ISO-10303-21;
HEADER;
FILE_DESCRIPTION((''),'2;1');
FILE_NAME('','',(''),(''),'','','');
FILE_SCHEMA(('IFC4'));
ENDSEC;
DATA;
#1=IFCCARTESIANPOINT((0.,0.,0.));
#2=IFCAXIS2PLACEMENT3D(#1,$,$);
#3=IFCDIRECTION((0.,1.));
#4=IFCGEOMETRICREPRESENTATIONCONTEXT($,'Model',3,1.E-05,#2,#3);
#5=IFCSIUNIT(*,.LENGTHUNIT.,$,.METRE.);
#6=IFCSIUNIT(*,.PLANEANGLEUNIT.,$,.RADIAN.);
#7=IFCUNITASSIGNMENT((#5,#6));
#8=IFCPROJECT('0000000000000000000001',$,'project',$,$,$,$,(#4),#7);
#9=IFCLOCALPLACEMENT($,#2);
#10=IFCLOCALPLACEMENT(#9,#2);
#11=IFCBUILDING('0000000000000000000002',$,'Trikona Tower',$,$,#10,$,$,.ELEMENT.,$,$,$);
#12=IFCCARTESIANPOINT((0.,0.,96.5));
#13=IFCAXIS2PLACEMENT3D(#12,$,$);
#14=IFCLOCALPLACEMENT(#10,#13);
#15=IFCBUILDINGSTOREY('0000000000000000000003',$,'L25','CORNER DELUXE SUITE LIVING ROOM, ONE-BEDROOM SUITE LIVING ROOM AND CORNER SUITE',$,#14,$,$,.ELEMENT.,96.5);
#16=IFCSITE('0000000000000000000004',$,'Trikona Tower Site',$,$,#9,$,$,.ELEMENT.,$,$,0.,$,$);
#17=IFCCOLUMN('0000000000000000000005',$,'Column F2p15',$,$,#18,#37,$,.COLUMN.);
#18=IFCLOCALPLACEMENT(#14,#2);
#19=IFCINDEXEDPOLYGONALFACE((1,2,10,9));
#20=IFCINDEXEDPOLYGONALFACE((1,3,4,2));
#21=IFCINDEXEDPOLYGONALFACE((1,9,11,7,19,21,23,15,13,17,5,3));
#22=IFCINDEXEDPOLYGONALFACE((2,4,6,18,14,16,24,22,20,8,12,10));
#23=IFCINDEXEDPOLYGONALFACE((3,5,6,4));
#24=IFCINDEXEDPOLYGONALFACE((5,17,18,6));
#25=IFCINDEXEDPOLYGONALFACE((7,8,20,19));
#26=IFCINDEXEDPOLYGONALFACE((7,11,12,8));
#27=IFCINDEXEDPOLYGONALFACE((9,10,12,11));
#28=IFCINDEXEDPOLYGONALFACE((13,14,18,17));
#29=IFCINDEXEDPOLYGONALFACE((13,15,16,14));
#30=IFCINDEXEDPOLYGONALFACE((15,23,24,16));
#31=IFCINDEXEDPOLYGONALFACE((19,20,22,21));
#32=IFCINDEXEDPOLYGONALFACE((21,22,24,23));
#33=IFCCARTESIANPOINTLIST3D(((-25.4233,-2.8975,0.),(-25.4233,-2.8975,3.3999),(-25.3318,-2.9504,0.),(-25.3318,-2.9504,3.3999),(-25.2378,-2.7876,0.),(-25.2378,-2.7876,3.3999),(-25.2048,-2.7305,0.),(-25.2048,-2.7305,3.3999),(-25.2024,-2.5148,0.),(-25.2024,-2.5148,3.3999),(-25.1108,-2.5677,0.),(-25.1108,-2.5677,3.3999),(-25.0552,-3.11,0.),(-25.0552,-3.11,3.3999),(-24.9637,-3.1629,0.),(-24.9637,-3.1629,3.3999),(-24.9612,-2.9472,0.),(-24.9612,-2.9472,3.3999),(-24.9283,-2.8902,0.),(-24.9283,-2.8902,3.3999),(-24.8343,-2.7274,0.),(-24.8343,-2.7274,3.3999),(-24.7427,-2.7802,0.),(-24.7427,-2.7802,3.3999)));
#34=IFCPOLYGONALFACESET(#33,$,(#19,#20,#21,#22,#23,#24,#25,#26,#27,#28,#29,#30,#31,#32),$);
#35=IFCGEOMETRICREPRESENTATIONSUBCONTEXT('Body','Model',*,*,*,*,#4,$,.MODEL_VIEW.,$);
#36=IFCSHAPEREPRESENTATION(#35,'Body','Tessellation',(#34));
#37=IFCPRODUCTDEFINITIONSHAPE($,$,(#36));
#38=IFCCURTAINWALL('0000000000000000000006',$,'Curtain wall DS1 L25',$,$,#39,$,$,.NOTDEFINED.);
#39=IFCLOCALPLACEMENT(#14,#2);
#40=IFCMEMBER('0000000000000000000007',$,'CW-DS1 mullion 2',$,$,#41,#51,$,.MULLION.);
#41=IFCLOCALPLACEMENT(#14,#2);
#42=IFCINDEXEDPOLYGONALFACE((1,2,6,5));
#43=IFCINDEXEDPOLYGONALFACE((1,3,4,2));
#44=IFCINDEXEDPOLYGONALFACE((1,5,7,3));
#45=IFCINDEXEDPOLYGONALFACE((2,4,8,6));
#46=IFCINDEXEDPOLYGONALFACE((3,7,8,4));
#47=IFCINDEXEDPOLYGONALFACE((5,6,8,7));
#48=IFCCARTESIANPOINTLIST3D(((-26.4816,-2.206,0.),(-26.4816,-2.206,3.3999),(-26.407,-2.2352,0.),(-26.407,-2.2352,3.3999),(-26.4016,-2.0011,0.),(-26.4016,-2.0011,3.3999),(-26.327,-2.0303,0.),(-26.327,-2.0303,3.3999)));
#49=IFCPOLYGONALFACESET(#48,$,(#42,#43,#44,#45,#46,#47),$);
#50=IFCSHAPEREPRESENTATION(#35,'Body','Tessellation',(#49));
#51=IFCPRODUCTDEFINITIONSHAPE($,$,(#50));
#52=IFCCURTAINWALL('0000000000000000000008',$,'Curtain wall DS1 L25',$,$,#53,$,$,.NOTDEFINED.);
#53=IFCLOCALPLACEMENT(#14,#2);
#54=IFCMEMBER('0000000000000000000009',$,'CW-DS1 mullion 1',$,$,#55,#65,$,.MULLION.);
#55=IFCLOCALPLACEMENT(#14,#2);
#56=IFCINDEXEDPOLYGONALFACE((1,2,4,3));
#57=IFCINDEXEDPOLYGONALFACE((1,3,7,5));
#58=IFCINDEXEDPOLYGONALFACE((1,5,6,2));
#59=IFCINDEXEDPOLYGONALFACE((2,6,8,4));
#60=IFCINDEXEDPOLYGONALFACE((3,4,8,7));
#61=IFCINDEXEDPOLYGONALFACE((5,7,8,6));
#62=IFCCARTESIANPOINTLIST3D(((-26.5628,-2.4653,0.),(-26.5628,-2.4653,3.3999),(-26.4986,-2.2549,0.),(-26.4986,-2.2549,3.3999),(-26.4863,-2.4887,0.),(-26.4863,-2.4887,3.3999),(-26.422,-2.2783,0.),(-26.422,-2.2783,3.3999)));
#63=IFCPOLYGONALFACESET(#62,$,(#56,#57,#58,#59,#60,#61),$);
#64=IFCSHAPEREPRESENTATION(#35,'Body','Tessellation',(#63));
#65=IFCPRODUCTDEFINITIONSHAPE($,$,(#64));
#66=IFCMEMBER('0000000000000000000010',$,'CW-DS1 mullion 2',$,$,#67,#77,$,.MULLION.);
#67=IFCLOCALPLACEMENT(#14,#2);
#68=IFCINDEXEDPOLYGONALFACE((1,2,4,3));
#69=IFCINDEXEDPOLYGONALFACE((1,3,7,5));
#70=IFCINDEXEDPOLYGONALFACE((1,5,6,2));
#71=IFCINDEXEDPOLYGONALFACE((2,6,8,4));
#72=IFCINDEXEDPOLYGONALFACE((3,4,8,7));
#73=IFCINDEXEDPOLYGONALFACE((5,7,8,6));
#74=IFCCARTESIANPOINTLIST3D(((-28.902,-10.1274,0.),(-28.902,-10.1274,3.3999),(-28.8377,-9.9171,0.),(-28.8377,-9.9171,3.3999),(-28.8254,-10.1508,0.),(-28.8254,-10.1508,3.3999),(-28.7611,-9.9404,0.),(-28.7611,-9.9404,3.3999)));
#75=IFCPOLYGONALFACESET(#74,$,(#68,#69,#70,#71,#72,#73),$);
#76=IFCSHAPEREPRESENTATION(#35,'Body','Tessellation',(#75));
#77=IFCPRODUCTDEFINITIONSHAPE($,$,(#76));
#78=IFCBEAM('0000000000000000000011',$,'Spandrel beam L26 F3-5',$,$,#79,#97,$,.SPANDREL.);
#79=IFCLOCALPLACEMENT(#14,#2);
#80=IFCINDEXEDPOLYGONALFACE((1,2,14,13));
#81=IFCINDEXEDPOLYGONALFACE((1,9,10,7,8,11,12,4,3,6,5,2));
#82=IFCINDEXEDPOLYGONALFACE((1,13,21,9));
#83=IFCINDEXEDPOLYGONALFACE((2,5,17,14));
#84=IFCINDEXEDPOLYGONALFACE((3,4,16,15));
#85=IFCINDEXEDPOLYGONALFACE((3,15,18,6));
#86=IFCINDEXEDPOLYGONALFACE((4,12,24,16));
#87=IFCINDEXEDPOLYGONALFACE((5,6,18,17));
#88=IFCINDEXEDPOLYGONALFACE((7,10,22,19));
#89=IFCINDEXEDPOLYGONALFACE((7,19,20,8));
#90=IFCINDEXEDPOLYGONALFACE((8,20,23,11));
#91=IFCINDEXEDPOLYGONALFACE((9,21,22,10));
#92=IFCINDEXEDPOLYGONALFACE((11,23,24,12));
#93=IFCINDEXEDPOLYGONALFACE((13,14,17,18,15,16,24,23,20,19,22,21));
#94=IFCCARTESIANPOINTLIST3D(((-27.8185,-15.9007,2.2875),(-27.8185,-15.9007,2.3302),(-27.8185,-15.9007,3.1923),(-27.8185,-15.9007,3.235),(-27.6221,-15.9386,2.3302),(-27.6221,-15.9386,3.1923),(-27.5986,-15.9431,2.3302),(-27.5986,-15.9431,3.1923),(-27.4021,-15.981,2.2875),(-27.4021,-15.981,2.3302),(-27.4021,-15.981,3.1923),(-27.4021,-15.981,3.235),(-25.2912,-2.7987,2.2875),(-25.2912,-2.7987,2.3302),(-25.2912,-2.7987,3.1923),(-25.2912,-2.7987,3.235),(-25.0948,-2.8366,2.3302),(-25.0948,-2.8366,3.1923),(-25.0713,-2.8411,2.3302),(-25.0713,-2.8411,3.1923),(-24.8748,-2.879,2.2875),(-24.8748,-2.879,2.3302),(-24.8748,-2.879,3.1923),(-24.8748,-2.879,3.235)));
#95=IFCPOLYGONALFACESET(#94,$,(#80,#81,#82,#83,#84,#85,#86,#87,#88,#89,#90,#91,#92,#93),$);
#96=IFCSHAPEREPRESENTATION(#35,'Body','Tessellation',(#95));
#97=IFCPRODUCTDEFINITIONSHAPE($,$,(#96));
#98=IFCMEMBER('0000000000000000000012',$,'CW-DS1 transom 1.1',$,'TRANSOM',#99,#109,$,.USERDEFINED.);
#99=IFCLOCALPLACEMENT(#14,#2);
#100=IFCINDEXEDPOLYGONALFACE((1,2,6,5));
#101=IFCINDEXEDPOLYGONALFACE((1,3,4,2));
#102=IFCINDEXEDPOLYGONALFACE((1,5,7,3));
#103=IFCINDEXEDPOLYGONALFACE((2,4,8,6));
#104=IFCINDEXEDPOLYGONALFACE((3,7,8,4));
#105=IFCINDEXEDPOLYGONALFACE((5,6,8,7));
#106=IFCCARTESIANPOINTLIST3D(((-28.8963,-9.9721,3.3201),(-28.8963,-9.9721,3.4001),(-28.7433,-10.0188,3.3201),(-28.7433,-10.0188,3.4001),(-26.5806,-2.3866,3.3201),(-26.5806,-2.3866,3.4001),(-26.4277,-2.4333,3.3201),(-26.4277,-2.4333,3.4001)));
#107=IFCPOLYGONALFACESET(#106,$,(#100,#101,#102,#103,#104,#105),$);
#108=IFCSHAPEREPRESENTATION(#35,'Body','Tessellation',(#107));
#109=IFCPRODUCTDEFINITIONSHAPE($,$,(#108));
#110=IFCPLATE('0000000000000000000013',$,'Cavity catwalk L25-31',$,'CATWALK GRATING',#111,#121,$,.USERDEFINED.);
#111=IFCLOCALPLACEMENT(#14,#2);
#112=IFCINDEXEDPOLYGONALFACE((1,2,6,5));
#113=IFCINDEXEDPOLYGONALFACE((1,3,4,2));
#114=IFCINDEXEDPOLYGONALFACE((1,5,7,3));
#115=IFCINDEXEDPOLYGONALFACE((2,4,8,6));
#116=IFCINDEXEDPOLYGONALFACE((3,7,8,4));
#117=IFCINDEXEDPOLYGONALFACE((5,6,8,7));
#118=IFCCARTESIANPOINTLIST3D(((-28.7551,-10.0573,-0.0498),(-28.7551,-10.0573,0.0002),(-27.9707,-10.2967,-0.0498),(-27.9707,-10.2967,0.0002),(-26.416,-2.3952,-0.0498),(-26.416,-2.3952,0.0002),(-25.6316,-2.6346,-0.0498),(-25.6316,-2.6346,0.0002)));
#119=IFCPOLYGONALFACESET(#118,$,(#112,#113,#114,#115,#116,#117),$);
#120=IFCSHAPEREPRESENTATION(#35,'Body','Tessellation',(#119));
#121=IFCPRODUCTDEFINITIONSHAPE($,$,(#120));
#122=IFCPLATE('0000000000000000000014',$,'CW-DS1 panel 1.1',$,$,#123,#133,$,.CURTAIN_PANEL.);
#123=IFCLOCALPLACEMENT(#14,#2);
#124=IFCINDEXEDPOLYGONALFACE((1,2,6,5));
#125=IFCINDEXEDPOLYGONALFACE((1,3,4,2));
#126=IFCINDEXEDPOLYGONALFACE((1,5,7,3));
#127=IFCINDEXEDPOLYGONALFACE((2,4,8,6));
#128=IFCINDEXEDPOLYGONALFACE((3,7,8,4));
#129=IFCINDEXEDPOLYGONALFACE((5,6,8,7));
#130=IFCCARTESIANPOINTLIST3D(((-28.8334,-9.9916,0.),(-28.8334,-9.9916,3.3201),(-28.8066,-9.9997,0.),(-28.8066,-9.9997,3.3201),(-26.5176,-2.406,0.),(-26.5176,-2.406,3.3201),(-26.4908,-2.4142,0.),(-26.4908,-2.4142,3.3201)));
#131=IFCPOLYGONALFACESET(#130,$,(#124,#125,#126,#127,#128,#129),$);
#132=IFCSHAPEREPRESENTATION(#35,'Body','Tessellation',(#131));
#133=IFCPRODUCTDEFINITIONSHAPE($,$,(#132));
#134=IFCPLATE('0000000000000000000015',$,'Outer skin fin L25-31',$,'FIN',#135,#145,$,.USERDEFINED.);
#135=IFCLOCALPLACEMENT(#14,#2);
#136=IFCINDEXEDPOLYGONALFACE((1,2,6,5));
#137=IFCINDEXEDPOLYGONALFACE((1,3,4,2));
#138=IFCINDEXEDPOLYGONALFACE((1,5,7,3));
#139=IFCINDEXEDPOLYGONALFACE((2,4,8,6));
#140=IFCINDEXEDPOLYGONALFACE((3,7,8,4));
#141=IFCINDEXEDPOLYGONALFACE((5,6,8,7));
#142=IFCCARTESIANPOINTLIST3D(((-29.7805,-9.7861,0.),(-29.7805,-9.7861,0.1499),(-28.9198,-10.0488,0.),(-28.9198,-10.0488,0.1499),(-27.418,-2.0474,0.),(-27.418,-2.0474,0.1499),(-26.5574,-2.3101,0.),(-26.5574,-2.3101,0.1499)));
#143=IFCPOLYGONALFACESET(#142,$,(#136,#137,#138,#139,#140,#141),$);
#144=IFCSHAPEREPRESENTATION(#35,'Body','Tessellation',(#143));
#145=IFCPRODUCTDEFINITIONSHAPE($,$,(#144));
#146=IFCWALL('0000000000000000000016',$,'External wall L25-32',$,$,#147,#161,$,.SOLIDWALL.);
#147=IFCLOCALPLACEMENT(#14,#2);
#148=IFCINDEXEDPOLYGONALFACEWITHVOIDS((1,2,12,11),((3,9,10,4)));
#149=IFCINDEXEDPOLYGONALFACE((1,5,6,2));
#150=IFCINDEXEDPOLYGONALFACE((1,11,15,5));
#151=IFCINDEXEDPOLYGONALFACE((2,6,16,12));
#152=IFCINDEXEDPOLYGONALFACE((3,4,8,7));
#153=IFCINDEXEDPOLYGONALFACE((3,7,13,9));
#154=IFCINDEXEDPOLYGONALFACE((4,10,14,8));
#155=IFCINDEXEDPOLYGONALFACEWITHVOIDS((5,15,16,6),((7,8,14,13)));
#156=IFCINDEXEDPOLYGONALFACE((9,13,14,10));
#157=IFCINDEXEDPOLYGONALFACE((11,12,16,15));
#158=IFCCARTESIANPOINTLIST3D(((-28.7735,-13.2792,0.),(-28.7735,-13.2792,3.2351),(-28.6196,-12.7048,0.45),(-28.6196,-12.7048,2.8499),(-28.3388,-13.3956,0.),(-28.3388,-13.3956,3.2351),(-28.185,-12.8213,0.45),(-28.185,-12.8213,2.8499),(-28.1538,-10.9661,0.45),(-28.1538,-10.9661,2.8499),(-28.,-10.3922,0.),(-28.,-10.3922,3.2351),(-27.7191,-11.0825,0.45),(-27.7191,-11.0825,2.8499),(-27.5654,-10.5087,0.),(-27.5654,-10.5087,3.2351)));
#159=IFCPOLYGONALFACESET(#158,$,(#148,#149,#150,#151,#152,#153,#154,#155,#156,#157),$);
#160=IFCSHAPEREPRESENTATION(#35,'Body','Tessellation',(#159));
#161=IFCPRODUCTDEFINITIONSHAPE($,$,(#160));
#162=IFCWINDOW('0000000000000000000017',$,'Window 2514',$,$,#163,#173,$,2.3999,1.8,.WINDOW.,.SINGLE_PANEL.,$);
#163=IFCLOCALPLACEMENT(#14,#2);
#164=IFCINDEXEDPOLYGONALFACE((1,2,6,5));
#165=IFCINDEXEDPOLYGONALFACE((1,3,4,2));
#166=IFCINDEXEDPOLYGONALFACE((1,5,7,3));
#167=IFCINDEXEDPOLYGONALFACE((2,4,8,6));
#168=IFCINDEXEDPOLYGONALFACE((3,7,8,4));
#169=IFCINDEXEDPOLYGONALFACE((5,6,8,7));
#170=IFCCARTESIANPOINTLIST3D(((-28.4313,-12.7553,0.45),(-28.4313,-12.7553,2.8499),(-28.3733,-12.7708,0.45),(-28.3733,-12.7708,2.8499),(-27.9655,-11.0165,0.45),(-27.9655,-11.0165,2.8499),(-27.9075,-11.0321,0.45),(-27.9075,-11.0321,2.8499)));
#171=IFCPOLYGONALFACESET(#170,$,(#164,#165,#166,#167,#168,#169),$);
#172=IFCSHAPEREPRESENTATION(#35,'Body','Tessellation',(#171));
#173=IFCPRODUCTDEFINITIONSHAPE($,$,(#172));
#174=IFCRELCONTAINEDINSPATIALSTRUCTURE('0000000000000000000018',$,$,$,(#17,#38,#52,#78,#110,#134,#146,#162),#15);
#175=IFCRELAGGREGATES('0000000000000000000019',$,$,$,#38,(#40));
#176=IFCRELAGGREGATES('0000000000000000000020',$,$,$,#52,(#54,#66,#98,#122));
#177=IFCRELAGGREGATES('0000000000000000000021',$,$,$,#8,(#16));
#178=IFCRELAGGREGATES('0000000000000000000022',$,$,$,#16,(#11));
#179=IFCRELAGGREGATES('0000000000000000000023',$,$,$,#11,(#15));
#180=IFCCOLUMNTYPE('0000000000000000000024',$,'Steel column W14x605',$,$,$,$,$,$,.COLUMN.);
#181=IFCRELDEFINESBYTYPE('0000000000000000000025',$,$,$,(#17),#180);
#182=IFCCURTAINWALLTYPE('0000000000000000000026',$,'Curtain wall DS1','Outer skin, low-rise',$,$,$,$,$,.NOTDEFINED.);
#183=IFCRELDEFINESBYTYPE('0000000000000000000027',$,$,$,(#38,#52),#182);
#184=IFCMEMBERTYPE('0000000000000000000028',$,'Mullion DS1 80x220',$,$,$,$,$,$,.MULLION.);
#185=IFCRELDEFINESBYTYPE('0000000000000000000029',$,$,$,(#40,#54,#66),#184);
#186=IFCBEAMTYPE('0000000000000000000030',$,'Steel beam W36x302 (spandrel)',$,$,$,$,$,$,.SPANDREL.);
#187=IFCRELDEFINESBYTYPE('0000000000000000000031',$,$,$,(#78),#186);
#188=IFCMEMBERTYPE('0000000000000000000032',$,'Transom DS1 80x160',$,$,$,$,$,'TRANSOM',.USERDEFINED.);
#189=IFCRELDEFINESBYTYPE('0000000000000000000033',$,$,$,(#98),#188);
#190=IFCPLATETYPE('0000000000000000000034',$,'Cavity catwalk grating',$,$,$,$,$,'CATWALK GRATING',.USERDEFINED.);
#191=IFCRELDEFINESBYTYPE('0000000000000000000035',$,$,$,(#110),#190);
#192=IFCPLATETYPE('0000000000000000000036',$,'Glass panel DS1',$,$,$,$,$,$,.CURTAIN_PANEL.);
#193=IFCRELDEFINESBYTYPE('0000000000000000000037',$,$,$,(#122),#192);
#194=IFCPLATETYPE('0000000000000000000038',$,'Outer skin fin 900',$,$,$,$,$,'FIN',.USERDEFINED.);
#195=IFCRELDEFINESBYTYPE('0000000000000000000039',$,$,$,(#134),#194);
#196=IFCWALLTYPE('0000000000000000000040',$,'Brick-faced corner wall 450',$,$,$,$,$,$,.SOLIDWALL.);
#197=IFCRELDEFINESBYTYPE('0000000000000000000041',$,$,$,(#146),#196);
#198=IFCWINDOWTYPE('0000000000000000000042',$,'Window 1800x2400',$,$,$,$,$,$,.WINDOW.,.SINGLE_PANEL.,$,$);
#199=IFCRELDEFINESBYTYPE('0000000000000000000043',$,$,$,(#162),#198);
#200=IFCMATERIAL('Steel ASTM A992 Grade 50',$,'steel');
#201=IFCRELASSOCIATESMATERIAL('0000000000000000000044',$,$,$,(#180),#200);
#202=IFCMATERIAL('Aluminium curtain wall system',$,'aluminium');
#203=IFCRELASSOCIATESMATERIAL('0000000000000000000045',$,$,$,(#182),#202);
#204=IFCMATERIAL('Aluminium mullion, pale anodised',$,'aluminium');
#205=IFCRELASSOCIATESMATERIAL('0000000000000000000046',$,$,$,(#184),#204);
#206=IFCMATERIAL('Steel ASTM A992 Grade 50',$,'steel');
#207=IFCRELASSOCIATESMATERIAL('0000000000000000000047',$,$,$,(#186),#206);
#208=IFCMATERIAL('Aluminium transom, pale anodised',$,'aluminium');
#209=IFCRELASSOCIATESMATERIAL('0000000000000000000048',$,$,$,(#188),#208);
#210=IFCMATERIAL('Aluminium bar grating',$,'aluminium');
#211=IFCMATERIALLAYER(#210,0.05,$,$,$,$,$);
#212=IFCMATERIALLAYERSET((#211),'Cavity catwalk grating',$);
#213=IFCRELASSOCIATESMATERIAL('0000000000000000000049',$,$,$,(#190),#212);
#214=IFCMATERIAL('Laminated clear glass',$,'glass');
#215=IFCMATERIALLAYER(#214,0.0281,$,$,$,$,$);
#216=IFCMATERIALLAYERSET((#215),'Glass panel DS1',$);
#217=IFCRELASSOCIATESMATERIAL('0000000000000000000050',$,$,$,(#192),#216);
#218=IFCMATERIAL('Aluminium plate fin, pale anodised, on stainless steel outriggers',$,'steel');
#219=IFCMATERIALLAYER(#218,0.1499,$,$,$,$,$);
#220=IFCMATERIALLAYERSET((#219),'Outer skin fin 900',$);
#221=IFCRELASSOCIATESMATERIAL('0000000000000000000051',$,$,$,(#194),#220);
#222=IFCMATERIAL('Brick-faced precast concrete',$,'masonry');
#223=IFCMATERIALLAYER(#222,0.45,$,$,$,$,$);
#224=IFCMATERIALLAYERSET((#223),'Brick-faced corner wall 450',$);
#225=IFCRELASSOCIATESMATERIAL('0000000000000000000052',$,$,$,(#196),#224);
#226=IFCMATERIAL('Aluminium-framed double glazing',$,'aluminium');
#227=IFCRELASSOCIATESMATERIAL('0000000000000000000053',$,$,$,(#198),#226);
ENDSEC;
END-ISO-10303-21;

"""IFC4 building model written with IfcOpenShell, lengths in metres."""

from ifc_helpers import new_model, si_unit, direction, frame, frame_2d, origin, origin_2d, place, context, subcontext, project, spatial, rectangle, i_section, extrude, material, layer, layer_set, material_profile, profile_set, type_object, element, fill, aggregate, save


model = new_model("IFC4")

# Units and contexts
model_context = context("Model", 3, precision=1e-05, world=origin(), true_north=direction((0.0, 1.0)))
body_context = subcontext(model_context, "Body", "Model", "MODEL_VIEW")
ifc_project = project(units=[si_unit("LENGTHUNIT", "METRE"), si_unit("PLANEANGLEUNIT", "RADIAN")], contexts=[model_context])

# Site, building, storey
site_placement = place(None, origin())
site = spatial("IfcSite", under=ifc_project, at=site_placement, Name="Trikona Tower Site", CompositionType="ELEMENT", RefElevation=0.0)
building_placement = place(site_placement, origin())
building = spatial("IfcBuilding", under=site, at=building_placement, Name="Trikona Tower", CompositionType="ELEMENT")
storey_placement = place(building_placement, frame((0.0, 0.0, 96.5)))
storey = spatial("IfcBuildingStorey", under=building, at=storey_placement, Name="L25", Description="CORNER DELUXE SUITE LIVING ROOM, ONE-BEDROOM SUITE LIVING ROOM AND CORNER SUITE", CompositionType="ELEMENT", Elevation=96.5)

# Column
ifc_material_1 = material(Name="Steel ASTM A992 Grade 50", Category="steel")
ifc_material_profile_1 = material_profile(ifc_material_1, i_section(OverallWidth=0.4419, OverallDepth=0.5308, WebThickness=0.0659, FlangeThickness=0.1057, at=origin_2d()), Name="W14X605")
ifc_profile_set_1 = profile_set([ifc_material_profile_1], Name="Steel ASTM A992 Grade 50")
column_type = type_object("IfcColumnType", Name="Steel column W14x605", PredefinedType="COLUMN", material=ifc_profile_set_1)
column_placement = place(storey_placement, frame((-25.083, -2.8389, 0.0), z_axis=(0.0, 0.0, 1.0), x_axis=(-0.5, -0.866025, 0.0)))
element("IfcColumn", 1, at=column_placement, inside=storey, type_object=column_type, Name="Column F2p15", PredefinedType="COLUMN", context=body_context, shape_type="SweptSolid", body=[
    extrude(i_section(OverallWidth=0.4419, OverallDepth=0.5308, WebThickness=0.0659, FlangeThickness=0.1057, at=origin_2d()), origin(), (0.0, 0.0, 1.0), 3.3999),
])

# Curtain wall, member
ifc_material_2 = material(Name="Aluminium curtain wall system", Category="aluminium")
curtain_wall_type = type_object("IfcCurtainWallType", Name="Curtain wall DS1", Description="Outer skin, low-rise", PredefinedType="NOTDEFINED", material=ifc_material_2)
curtain_wall_1_placement = place(storey_placement, origin())
curtain_wall_1 = element("IfcCurtainWall", 2, at=curtain_wall_1_placement, inside=storey, type_object=curtain_wall_type, Name="Curtain wall DS1 L25", PredefinedType="NOTDEFINED")
ifc_material_3 = material(Name="Aluminium mullion, pale anodised", Category="aluminium")
ifc_material_profile_2 = material_profile(ifc_material_3, rectangle(XDim=0.0801, YDim=0.22, at=origin_2d()), Name="MUL-DS1")
ifc_profile_set_2 = profile_set([ifc_material_profile_2], Name="Aluminium mullion, pale anodised")
member_type_1 = type_object("IfcMemberType", Name="Mullion DS1 80x220", PredefinedType="MULLION", material=ifc_profile_set_2)
member_1_placement = place(storey_placement, frame((-26.4043, -2.1182, 0.0), z_axis=(0.0, 0.0, 1.0), x_axis=(0.931396, -0.364008, 0.0)))
member_1 = element("IfcMember", 3, at=member_1_placement, type_object=member_type_1, Name="CW-DS1 mullion 2", PredefinedType="MULLION", context=body_context, shape_type="SweptSolid", body=[
    extrude(rectangle(XDim=0.0801, YDim=0.22, at=origin_2d()), origin(), (0.0, 0.0, 1.0), 3.3999),
])
aggregate(curtain_wall_1, [member_1])

# Curtain wall, members
curtain_wall_2_placement = place(storey_placement, origin())
curtain_wall_2 = element("IfcCurtainWall", 4, at=curtain_wall_2_placement, inside=storey, type_object=curtain_wall_type, Name="Curtain wall DS1 L25", PredefinedType="NOTDEFINED")
member_2_placement = place(storey_placement, frame((-26.4924, -2.3718, 0.0), z_axis=(0.0, 0.0, 1.0), x_axis=(0.956423, -0.291984, 0.0)))
member_2 = element("IfcMember", 5, at=member_2_placement, type_object=member_type_1, Name="CW-DS1 mullion 1", PredefinedType="MULLION", context=body_context, shape_type="SweptSolid", body=[
    extrude(rectangle(XDim=0.0801, YDim=0.22, at=origin_2d()), origin(), (0.0, 0.0, 1.0), 3.3999),
])
member_3_placement = place(storey_placement, frame((-28.8315, -10.0339, 0.0), z_axis=(0.0, 0.0, 1.0), x_axis=(0.956423, -0.291984, 0.0)))
member_3 = element("IfcMember", 6, at=member_3_placement, type_object=member_type_1, Name="CW-DS1 mullion 2", PredefinedType="MULLION", context=body_context, shape_type="SweptSolid", body=[
    extrude(rectangle(XDim=0.0801, YDim=0.22, at=origin_2d()), origin(), (0.0, 0.0, 1.0), 3.3999),
])

# Beam
ifc_material_4 = material(Name="Steel ASTM A992 Grade 50", Category="steel")
ifc_material_profile_3 = material_profile(ifc_material_4, i_section(OverallWidth=0.4241, OverallDepth=0.9475, WebThickness=0.0239, FlangeThickness=0.0427, at=origin_2d()), Name="W36X302")
ifc_profile_set_3 = profile_set([ifc_material_profile_3], Name="Steel ASTM A992 Grade 50")
beam_type = type_object("IfcBeamType", Name="Steel beam W36x302 (spandrel)", PredefinedType="SPANDREL", material=ifc_profile_set_3)
beam_placement = place(storey_placement, frame((-25.083, -2.8389, 2.7612), z_axis=(-0.189405, -0.981899, 0.0), x_axis=(0.981899, -0.189405, 0.0)))
element("IfcBeam", 7, at=beam_placement, inside=storey, type_object=beam_type, Name="Spandrel beam L26 F3-5", PredefinedType="SPANDREL", context=body_context, shape_type="SweptSolid", body=[
    extrude(i_section(OverallWidth=0.4241, OverallDepth=0.9475, WebThickness=0.0239, FlangeThickness=0.0427, at=origin_2d()), origin(), (0.0, 0.0, 1.0), 13.3435),
])

# Member
ifc_material_5 = material(Name="Aluminium transom, pale anodised", Category="aluminium")
ifc_material_profile_4 = material_profile(ifc_material_5, rectangle(XDim=0.1599, YDim=0.0801, at=origin_2d()), Name="TRN-DS1")
ifc_profile_set_4 = profile_set([ifc_material_profile_4], Name="Aluminium transom, pale anodised")
member_type_2 = type_object("IfcMemberType", Name="Transom DS1 80x160", ElementType="TRANSOM", PredefinedType="USERDEFINED", material=ifc_profile_set_4)
member_4_placement = place(storey_placement, frame((-26.5042, -2.4099, 3.3601), z_axis=(-0.291967, -0.956428, 0.0), x_axis=(0.956428, -0.291967, 0.0)))
member_4 = element("IfcMember", 8, at=member_4_placement, type_object=member_type_2, Name="CW-DS1 transom 1.1", ObjectType="TRANSOM", PredefinedType="USERDEFINED", context=body_context, shape_type="SweptSolid", body=[
    extrude(rectangle(XDim=0.1599, YDim=0.0801, at=origin_2d()), origin(), (0.0, 0.0, 1.0), 7.9312),
])

# Plates
ifc_material_6 = material(Name="Aluminium bar grating", Category="aluminium")
ifc_layer_1 = layer(ifc_material_6, 0.05)
ifc_layer_set_1 = layer_set([ifc_layer_1], Name="Cavity catwalk grating")
plate_type_1 = type_object("IfcPlateType", Name="Cavity catwalk grating", ElementType="CATWALK GRATING", PredefinedType="USERDEFINED", material=ifc_layer_set_1)
plate_1_placement = place(storey_placement, frame((-27.1934, -6.3459, -0.0498), z_axis=(0.0, 0.0, 1.0), x_axis=(-0.291979, -0.956425, 0.0)))
element("IfcPlate", 9, at=plate_1_placement, inside=storey, type_object=plate_type_1, Name="Cavity catwalk L25-31", ObjectType="CATWALK GRATING", PredefinedType="USERDEFINED", context=body_context, shape_type="SweptSolid", body=[
    extrude(rectangle(XDim=8.0112, YDim=0.8201, at=origin_2d()), origin(), (0.0, 0.0, 1.0), 0.05),
])
ifc_material_7 = material(Name="Laminated clear glass", Category="glass")
ifc_layer_2 = layer(ifc_material_7, 0.0281)
ifc_layer_set_2 = layer_set([ifc_layer_2], Name="Glass panel DS1")
plate_type_2 = type_object("IfcPlateType", Name="Glass panel DS1", PredefinedType="CURTAIN_PANEL", material=ifc_layer_set_2)
plate_2_placement = place(storey_placement, frame((-27.6621, -6.2029, 0.0), z_axis=(0.0, 0.0, 1.0), x_axis=(-0.291984, -0.956423, 0.0)))
plate_2 = element("IfcPlate", 10, at=plate_2_placement, type_object=plate_type_2, Name="CW-DS1 panel 1.1", PredefinedType="CURTAIN_PANEL", context=body_context, shape_type="SweptSolid", body=[
    extrude(rectangle(XDim=7.9312, YDim=0.0281, at=origin_2d()), origin(), (0.0, 0.0, 1.0), 3.3201),
])
aggregate(curtain_wall_2, [member_2, member_3, member_4, plate_2])
ifc_material_8 = material(Name="Aluminium plate fin, pale anodised, on stainless steel outriggers", Category="steel")
ifc_layer_3 = layer(ifc_material_8, 0.1499)
ifc_layer_set_3 = layer_set([ifc_layer_3], Name="Outer skin fin 900")
plate_type_3 = type_object("IfcPlateType", Name="Outer skin fin 900", ElementType="FIN", PredefinedType="USERDEFINED", material=ifc_layer_set_3)
plate_3_placement = place(storey_placement, frame((-28.1689, -6.0481, 0.0), z_axis=(0.0, 0.0, 1.0), x_axis=(-0.291979, -0.956425, 0.0)))
element("IfcPlate", 11, at=plate_3_placement, inside=storey, type_object=plate_type_3, Name="Outer skin fin L25-31", ObjectType="FIN", PredefinedType="USERDEFINED", context=body_context, shape_type="SweptSolid", body=[
    extrude(rectangle(XDim=8.0913, YDim=0.8999, at=origin_2d()), origin(), (0.0, 0.0, 1.0), 0.1499),
])

# Wall, opening, window
ifc_material_9 = material(Name="Brick-faced precast concrete", Category="masonry")
ifc_layer_4 = layer(ifc_material_9, 0.45)
ifc_layer_set_4 = layer_set([ifc_layer_4], Name="Brick-faced corner wall 450")
wall_type_1 = type_object("IfcWallType", Name="Brick-faced corner wall 450", PredefinedType="SOLIDWALL", material=ifc_layer_set_4)
wall_1_placement = place(storey_placement, frame((-27.7827, -10.4504, 0.0), z_axis=(0.0, 0.0, 1.0), x_axis=(-0.258781, -0.965936, 0.0)))
wall_1 = element("IfcWall", 12, at=wall_1_placement, inside=storey, type_object=wall_type_1, Name="External wall L25-32", PredefinedType="SOLIDWALL", context=body_context, shape_type="SweptSolid", body=[
    extrude(rectangle(XDim=2.9888, YDim=0.45, at=frame_2d((1.4944, 0.0))), origin(), (0.0, 0.0, 1.0), 3.2351),
])
opening_1_placement = place(wall_1_placement, frame((0.5942, 0.0, 0.45)))
opening_1 = element("IfcOpeningElement", 13, at=opening_1_placement, cuts=wall_1, PredefinedType="OPENING", context=body_context, shape_type="SweptSolid", body=[
    extrude(rectangle(XDim=1.8, YDim=2.3999, at=frame_2d((0.8999, 1.2))), frame((0.0, 0.2349, 0.0), z_axis=(0.0, -1.0, 0.0), x_axis=(1.0, 0.0, 0.0)), (0.0, 0.0, 1.0), 0.47),
])
ifc_material_10 = material(Name="Aluminium-framed double glazing", Category="aluminium")
window_type_1 = type_object("IfcWindowType", Name="Window 1800x2400", PartitioningType="SINGLE_PANEL", PredefinedType="WINDOW", material=ifc_material_10)
window_1_placement = place(opening_1_placement, origin())
window_1 = element("IfcWindow", 14, at=window_1_placement, inside=storey, type_object=window_type_1, Name="Window 2514", OverallHeight=2.3999, OverallWidth=1.8, PartitioningType="SINGLE_PANEL", PredefinedType="WINDOW", context=body_context, shape_type="SweptSolid", body=[
    extrude(rectangle(XDim=1.8, YDim=2.3999, at=frame_2d((0.8999, 1.2))), frame((0.0, 0.03, 0.0), z_axis=(0.0, -1.0, 0.0), x_axis=(1.0, 0.0, 0.0)), (0.0, 0.0, 1.0), 0.0601),
])
fill(opening_1, window_1)

save(model, "model.ifc")
